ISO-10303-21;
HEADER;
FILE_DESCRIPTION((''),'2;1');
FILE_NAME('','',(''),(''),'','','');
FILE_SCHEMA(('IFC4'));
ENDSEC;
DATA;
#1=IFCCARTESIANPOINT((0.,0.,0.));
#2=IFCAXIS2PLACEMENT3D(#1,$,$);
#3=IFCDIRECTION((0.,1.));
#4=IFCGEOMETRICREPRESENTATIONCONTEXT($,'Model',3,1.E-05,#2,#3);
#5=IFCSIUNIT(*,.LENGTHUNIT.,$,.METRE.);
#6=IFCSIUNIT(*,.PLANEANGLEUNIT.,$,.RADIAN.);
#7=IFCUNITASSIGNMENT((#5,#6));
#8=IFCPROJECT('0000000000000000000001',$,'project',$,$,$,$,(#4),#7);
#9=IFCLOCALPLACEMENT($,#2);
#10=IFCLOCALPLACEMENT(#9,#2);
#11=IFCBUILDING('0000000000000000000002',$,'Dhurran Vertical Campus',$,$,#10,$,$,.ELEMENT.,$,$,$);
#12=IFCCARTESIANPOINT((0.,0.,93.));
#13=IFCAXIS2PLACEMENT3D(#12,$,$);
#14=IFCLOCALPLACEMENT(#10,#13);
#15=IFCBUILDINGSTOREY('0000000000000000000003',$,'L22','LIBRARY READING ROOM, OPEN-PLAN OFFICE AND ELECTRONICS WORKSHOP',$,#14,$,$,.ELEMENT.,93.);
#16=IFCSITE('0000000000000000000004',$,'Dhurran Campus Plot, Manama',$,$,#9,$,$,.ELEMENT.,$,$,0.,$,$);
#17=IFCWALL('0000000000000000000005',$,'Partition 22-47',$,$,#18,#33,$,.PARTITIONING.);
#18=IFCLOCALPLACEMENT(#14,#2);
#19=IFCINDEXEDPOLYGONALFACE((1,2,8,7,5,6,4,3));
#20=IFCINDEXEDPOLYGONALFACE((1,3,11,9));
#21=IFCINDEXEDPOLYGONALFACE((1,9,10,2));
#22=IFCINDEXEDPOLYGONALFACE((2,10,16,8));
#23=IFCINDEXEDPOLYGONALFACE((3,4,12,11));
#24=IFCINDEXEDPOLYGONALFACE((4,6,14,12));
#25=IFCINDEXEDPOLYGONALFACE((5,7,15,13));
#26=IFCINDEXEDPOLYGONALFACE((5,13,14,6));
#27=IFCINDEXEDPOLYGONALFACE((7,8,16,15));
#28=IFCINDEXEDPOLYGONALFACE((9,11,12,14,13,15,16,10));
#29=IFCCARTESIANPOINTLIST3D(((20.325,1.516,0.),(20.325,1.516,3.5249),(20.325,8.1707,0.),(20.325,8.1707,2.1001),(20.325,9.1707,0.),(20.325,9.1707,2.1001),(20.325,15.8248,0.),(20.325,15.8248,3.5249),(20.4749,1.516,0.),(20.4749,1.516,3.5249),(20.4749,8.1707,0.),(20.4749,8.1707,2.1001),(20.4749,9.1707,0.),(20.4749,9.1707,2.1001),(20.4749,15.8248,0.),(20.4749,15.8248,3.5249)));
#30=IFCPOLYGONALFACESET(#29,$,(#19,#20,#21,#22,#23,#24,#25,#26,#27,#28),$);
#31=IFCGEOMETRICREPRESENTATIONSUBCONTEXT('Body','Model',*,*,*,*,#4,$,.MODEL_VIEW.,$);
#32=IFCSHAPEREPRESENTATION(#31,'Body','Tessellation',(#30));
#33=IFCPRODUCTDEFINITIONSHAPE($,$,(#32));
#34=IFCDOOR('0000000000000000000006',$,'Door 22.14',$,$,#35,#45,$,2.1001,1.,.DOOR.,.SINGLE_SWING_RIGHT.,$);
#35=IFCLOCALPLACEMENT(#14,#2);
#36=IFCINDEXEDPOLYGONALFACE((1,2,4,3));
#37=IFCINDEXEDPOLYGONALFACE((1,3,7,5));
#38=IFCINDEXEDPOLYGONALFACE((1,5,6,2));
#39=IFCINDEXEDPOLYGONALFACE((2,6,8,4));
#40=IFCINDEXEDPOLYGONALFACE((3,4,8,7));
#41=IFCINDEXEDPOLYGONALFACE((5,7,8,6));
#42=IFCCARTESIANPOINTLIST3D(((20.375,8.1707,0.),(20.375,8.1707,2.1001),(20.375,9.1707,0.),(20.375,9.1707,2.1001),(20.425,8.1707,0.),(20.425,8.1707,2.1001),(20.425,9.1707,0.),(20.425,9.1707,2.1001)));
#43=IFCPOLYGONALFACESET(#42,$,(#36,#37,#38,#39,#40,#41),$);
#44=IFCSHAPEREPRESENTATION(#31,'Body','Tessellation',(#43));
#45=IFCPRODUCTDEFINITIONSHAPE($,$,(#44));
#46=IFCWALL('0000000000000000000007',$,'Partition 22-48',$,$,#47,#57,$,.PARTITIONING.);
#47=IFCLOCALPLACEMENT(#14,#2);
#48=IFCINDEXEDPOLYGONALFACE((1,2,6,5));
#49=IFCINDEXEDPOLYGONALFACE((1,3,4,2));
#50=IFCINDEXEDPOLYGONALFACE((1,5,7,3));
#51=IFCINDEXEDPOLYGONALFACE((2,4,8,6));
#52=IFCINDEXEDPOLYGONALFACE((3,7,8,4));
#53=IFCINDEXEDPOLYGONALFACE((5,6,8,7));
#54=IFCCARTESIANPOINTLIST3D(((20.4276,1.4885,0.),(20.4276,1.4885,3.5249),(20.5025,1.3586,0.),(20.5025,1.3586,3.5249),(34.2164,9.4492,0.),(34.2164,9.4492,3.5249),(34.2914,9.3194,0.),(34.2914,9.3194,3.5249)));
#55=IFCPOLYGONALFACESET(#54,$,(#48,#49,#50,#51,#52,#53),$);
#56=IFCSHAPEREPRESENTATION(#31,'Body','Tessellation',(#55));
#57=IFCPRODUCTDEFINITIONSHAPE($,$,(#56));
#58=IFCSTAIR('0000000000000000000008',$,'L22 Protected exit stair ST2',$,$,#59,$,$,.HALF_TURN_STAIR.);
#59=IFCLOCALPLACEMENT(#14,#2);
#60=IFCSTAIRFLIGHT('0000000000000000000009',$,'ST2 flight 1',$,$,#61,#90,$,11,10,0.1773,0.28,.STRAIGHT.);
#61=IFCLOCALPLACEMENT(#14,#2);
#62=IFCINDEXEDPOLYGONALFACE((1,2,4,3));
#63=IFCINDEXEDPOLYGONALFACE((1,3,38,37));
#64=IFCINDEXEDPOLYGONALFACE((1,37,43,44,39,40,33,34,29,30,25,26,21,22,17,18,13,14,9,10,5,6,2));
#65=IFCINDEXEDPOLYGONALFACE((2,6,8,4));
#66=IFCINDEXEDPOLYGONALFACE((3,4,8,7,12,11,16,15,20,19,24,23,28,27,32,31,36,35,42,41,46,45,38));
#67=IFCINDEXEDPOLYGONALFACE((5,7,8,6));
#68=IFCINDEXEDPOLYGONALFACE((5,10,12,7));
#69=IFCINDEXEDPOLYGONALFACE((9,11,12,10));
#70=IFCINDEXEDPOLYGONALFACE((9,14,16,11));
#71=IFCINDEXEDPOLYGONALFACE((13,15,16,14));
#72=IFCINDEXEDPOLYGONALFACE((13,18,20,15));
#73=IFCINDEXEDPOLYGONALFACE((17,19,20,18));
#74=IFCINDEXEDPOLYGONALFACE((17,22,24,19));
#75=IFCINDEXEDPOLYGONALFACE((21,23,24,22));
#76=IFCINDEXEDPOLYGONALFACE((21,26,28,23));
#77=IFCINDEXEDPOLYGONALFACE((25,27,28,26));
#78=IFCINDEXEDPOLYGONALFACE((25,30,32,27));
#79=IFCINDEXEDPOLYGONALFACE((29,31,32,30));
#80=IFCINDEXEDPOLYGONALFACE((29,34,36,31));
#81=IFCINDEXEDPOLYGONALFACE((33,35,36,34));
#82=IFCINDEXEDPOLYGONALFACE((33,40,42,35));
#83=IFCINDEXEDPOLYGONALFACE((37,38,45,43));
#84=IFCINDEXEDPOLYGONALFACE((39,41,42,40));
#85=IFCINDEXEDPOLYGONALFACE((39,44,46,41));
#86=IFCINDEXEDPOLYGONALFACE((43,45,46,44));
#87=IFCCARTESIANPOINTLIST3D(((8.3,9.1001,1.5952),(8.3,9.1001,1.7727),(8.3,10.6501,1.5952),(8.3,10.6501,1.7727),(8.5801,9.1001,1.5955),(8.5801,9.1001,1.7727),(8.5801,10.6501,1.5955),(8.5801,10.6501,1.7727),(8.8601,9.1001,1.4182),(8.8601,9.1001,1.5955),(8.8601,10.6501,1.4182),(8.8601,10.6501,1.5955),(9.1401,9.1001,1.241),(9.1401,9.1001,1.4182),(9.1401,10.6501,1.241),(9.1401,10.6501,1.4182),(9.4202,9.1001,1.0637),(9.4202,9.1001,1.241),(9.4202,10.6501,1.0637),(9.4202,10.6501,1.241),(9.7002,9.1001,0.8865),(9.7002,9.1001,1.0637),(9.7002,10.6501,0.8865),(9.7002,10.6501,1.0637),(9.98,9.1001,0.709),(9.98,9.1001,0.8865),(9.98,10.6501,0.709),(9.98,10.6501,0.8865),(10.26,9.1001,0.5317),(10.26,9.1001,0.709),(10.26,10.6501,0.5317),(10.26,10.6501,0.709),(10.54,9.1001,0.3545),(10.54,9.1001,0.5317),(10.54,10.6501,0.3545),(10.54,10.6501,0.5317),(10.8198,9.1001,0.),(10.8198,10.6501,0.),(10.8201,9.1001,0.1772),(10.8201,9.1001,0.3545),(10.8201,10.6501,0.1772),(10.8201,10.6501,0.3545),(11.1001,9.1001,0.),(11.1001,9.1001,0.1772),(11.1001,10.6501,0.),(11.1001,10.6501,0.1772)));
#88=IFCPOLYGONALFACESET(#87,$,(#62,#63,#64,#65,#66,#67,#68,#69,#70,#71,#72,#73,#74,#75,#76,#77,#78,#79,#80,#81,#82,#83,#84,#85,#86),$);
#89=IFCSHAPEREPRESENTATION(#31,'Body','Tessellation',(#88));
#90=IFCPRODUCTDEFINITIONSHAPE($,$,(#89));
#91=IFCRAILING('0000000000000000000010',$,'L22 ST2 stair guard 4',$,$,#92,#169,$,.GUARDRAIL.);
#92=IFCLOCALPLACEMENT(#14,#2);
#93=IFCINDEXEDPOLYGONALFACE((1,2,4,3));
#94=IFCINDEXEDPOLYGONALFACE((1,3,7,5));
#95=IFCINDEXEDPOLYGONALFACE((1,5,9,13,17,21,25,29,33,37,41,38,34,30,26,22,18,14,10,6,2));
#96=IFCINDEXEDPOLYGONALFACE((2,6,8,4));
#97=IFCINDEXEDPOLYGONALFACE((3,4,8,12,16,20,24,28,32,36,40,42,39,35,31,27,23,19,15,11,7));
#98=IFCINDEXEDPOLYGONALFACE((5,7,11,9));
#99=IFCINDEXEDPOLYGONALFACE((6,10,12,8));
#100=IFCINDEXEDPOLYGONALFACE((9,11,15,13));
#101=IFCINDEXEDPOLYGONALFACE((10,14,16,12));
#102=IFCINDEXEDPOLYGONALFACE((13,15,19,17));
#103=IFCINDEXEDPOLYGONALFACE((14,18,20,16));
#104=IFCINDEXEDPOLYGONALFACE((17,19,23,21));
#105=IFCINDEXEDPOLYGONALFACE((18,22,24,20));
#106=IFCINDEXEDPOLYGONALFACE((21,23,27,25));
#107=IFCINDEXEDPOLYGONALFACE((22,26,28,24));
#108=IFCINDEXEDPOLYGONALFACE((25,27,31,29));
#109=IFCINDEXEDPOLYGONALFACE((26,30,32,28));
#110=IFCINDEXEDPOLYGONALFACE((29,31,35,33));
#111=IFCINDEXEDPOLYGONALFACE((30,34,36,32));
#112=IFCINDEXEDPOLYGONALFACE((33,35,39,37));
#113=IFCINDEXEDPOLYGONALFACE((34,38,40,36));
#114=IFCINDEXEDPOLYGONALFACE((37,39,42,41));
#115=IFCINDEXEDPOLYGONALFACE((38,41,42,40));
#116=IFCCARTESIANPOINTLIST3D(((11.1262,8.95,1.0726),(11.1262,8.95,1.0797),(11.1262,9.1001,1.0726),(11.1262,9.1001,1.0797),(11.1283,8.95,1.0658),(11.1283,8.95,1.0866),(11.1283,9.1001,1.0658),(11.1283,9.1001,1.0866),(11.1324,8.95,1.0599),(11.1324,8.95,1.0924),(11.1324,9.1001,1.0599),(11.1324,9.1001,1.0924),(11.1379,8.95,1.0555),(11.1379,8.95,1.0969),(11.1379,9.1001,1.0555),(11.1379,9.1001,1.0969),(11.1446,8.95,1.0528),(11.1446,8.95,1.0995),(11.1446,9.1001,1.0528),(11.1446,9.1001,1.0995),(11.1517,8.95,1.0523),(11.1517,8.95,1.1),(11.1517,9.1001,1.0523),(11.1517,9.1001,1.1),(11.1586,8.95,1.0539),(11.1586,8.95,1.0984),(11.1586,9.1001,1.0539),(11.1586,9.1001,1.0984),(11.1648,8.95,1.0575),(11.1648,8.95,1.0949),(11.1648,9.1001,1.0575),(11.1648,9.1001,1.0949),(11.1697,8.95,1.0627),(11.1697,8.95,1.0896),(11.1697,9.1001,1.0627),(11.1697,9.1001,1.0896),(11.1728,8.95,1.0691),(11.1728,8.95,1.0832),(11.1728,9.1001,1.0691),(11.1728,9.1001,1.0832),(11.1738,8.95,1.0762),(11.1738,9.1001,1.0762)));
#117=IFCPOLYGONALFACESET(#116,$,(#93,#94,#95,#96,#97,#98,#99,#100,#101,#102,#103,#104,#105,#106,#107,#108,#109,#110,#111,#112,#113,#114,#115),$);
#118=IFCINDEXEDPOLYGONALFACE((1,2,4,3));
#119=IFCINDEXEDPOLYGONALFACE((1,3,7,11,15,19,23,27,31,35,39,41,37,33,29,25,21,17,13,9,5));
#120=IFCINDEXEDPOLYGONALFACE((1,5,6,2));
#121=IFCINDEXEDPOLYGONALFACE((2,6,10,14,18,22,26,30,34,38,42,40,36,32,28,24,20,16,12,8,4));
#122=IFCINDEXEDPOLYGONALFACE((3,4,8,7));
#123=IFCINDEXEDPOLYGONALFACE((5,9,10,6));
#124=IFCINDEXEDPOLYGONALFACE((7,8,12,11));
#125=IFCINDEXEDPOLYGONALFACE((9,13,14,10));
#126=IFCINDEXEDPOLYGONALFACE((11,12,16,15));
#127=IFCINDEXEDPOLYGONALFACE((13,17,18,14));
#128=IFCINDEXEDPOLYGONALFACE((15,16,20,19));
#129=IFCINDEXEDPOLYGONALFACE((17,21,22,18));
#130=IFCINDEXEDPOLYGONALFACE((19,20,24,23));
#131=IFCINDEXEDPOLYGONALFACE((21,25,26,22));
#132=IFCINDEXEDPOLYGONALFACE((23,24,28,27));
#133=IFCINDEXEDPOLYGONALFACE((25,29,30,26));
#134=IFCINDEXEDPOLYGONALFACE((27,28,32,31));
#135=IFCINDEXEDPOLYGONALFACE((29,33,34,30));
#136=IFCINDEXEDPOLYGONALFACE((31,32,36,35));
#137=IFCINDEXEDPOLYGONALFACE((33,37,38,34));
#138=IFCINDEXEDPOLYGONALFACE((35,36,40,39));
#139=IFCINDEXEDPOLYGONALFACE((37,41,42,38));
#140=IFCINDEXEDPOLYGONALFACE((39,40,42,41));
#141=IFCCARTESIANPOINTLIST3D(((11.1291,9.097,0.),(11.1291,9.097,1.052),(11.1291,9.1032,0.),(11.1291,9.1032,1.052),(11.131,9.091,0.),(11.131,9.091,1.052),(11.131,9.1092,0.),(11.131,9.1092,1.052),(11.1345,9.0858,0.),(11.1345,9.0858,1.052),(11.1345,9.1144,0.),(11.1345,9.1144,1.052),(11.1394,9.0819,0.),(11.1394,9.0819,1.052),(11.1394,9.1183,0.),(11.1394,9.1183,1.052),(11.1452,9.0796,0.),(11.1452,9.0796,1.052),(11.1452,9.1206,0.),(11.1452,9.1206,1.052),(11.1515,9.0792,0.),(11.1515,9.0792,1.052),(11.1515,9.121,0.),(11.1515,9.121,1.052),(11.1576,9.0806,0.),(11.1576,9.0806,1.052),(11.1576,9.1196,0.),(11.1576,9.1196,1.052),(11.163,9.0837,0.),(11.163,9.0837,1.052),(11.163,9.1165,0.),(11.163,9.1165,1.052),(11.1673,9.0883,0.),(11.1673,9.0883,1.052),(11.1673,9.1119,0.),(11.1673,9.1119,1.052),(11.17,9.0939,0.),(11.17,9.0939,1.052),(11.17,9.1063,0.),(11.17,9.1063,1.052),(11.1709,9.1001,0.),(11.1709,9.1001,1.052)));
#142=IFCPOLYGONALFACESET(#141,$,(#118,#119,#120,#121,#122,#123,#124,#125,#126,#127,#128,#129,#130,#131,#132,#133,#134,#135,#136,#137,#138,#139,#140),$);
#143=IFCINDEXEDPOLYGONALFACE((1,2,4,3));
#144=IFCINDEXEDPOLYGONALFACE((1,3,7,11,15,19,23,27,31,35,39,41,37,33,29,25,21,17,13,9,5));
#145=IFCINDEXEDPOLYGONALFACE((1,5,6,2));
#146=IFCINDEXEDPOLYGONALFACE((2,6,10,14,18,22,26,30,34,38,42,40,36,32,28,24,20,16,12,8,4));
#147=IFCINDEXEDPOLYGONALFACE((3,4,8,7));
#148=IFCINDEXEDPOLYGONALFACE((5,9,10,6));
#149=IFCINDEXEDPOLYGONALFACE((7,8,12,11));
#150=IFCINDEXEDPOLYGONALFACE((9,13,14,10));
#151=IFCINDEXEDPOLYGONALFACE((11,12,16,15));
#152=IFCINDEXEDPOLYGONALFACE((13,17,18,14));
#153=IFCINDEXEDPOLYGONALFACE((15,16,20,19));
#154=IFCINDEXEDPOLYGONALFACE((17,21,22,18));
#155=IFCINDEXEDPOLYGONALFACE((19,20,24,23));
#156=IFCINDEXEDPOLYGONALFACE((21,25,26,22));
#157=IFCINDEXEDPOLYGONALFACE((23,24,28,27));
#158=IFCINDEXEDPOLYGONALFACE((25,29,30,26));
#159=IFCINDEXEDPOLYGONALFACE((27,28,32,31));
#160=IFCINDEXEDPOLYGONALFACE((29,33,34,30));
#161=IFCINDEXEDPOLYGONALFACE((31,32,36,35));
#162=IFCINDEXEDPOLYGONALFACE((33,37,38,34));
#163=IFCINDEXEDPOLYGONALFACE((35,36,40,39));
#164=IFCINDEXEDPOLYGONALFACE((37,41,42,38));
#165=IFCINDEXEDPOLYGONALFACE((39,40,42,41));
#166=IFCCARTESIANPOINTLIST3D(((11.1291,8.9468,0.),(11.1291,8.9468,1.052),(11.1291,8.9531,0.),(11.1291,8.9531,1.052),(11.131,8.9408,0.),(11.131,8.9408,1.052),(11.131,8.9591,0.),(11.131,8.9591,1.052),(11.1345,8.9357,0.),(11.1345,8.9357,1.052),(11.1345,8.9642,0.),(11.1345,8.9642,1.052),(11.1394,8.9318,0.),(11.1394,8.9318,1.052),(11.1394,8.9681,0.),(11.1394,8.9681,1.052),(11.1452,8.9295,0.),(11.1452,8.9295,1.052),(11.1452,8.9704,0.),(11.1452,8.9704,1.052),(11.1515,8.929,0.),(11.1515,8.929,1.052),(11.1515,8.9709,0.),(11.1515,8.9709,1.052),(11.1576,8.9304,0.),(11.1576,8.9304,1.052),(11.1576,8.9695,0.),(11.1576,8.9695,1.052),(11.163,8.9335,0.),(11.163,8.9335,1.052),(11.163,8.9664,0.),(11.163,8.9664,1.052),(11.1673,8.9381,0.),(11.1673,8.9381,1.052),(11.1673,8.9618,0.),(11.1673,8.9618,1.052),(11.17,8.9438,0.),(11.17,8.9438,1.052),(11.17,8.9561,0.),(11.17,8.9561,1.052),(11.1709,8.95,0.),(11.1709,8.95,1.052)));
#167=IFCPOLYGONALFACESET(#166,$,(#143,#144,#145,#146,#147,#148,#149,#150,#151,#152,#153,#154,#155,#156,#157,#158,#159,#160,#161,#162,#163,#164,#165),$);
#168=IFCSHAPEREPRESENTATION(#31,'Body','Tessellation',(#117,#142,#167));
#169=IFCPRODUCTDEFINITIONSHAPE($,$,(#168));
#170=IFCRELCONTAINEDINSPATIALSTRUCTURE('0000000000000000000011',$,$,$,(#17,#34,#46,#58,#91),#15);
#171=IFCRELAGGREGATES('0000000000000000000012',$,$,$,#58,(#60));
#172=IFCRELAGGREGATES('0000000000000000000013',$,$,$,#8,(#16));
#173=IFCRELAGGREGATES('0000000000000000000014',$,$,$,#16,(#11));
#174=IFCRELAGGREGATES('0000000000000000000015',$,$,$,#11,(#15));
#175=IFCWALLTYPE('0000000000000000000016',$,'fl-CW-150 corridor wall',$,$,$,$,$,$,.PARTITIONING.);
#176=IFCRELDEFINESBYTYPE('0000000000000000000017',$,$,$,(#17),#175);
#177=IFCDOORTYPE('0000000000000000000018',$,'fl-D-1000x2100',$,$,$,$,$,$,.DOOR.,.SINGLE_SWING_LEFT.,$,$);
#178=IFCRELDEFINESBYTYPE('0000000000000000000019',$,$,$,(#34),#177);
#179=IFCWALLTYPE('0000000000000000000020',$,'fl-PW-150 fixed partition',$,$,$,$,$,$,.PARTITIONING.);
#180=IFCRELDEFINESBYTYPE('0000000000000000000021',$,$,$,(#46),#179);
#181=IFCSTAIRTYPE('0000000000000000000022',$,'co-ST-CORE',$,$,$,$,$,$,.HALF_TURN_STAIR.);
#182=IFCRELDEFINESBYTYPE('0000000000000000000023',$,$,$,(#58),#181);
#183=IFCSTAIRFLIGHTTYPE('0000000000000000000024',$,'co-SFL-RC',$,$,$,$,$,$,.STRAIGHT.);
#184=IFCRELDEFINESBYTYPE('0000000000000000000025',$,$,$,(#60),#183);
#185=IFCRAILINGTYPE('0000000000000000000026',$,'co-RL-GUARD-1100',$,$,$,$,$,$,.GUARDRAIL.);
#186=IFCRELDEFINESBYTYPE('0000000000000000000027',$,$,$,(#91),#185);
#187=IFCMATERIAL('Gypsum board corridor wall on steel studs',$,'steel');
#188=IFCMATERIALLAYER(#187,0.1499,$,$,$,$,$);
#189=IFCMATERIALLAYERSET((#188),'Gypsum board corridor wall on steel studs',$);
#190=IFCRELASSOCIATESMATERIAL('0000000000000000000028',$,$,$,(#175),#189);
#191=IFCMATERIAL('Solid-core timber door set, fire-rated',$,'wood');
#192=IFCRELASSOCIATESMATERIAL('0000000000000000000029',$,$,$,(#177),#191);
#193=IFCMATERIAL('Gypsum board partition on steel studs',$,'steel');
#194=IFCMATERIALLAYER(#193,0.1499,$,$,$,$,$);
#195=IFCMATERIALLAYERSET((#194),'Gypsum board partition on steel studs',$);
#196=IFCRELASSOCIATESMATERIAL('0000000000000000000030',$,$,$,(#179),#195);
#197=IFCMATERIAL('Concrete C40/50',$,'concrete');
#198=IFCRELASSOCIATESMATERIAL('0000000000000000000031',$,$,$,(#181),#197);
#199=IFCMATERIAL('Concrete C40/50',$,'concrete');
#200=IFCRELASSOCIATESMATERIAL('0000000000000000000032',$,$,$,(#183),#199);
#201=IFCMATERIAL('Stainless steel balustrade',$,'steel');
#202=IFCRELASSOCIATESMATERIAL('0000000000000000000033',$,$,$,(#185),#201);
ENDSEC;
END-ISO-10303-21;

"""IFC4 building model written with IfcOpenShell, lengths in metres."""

from ifc_helpers import new_model, si_unit, direction, frame, frame_2d, origin, origin_2d, place, context, subcontext, project, spatial, polyline, rectangle, circle, outline, extrude, material, layer, layer_set, type_object, element, fill, aggregate, save


model = new_model("IFC4")

# Units and contexts
model_context = context("Model", 3, precision=1e-05, world=origin(), true_north=direction((0.0, 1.0)))
body_context = subcontext(model_context, "Body", "Model", "MODEL_VIEW")
ifc_project = project(units=[si_unit("LENGTHUNIT", "METRE"), si_unit("PLANEANGLEUNIT", "RADIAN")], contexts=[model_context])

# Site, building, storey
site_placement = place(None, origin())
site = spatial("IfcSite", under=ifc_project, at=site_placement, Name="Dhurran Campus Plot, Manama", CompositionType="ELEMENT", RefElevation=0.0)
building_placement = place(site_placement, origin())
building = spatial("IfcBuilding", under=site, at=building_placement, Name="Dhurran Vertical Campus", CompositionType="ELEMENT")
storey_placement = place(building_placement, frame((0.0, 0.0, 93.0)))
storey = spatial("IfcBuildingStorey", under=building, at=storey_placement, Name="L22", Description="LIBRARY READING ROOM, OPEN-PLAN OFFICE AND ELECTRONICS WORKSHOP", CompositionType="ELEMENT", Elevation=93.0)

# Wall, opening, door
ifc_material_1 = material(Name="Gypsum board corridor wall on steel studs", Category="steel")
ifc_layer_1 = layer(ifc_material_1, 0.1499)
ifc_layer_set_1 = layer_set([ifc_layer_1], Name="Gypsum board corridor wall on steel studs")
wall_type_1 = type_object("IfcWallType", Name="fl-CW-150 corridor wall", PredefinedType="PARTITIONING", material=ifc_layer_set_1)
wall_1_placement = place(storey_placement, frame((20.3999, 1.5161, 0.0), z_axis=(0.0, 0.0, 1.0), x_axis=(0.0, 1.0, 0.0)))
wall_1 = element("IfcWall", 1, at=wall_1_placement, inside=storey, type_object=wall_type_1, Name="Partition 22-47", PredefinedType="PARTITIONING", context=body_context, shape_type="SweptSolid", body=[
    extrude(rectangle(XDim=14.3088, YDim=0.1499, at=frame_2d((7.1543, 0.0))), origin(), (0.0, 0.0, 1.0), 3.5249),
])
opening_1_placement = place(wall_1_placement, frame((6.6545, 0.0, 0.0)))
opening_1 = element("IfcOpeningElement", 2, at=opening_1_placement, cuts=wall_1, PredefinedType="OPENING", context=body_context, shape_type="SweptSolid", body=[
    extrude(rectangle(XDim=1.0, YDim=2.1001, at=frame_2d((0.5, 1.05))), frame((0.0, 0.085, 0.0), z_axis=(0.0, -1.0, 0.0), x_axis=(1.0, 0.0, 0.0)), (0.0, 0.0, 1.0), 0.1699),
])
ifc_material_2 = material(Name="Solid-core timber door set, fire-rated", Category="wood")
door_type_1 = type_object("IfcDoorType", Name="fl-D-1000x2100", OperationType="SINGLE_SWING_LEFT", PredefinedType="DOOR", material=ifc_material_2)
door_1_placement = place(opening_1_placement, origin())
door_1 = element("IfcDoor", 3, at=door_1_placement, inside=storey, type_object=door_type_1, Name="Door 22.14", OperationType="SINGLE_SWING_RIGHT", OverallHeight=2.1001, OverallWidth=1.0, PredefinedType="DOOR", context=body_context, shape_type="SweptSolid", body=[
    extrude(rectangle(XDim=1.0, YDim=2.1001, at=frame_2d((0.5, 1.05))), frame((0.0, 0.0249, 0.0), z_axis=(0.0, -1.0, 0.0), x_axis=(1.0, 0.0, 0.0)), (0.0, 0.0, 1.0), 0.05),
])
fill(opening_1, door_1)

# Wall
ifc_material_3 = material(Name="Gypsum board partition on steel studs", Category="steel")
ifc_layer_2 = layer(ifc_material_3, 0.1499)
ifc_layer_set_2 = layer_set([ifc_layer_2], Name="Gypsum board partition on steel studs")
wall_type_2 = type_object("IfcWallType", Name="fl-PW-150 fixed partition", PredefinedType="PARTITIONING", material=ifc_layer_set_2)
wall_2_placement = place(storey_placement, frame((34.2539, 9.3843, 0.0), z_axis=(0.0, 0.0, 1.0), x_axis=(-0.866033, -0.499987, 0.0)))
element("IfcWall", 4, at=wall_2_placement, inside=storey, type_object=wall_type_2, Name="Partition 22-48", PredefinedType="PARTITIONING", context=body_context, shape_type="SweptSolid", body=[
    extrude(rectangle(XDim=15.9219, YDim=0.1499, at=frame_2d((7.9609, 0.0))), origin(), (0.0, 0.0, 1.0), 3.5249),
])

# Stair, stair flight
ifc_material_4 = material(Name="Concrete C40/50", Category="concrete")
stair_type = type_object("IfcStairType", Name="co-ST-CORE", PredefinedType="HALF_TURN_STAIR", material=ifc_material_4)
stair_placement = place(storey_placement, origin())
stair = element("IfcStair", 5, at=stair_placement, inside=storey, type_object=stair_type, Name="L22 Protected exit stair ST2", PredefinedType="HALF_TURN_STAIR")
ifc_material_5 = material(Name="Concrete C40/50", Category="concrete")
stair_flight_type = type_object("IfcStairFlightType", Name="co-SFL-RC", PredefinedType="STRAIGHT", material=ifc_material_5)
stair_flight_placement = place(storey_placement, frame((11.1001, 9.875, 0.0), z_axis=(0.0, 0.0, 1.0), x_axis=(-1.0, 0.0, 0.0)))
stair_flight = element("IfcStairFlight", 6, at=stair_flight_placement, type_object=stair_flight_type, Name="ST2 flight 1", NumberOfRisers=11, NumberOfTreads=10, PredefinedType="STRAIGHT", RiserHeight=0.1773, TreadLength=0.28, context=body_context, shape_type="SweptSolid", body=[
    extrude(outline(polyline([(0.0, 0.0), (0.0, 0.1772), (0.28, 0.1772), (0.28, 0.3545), (0.5601, 0.3545), (0.5601, 0.5317), (0.8401, 0.5317), (0.8401, 0.709), (1.1201, 0.709), (1.1201, 0.8865), (1.3999, 0.8865), (1.3999, 1.0637), (1.6799, 1.0637), (1.6799, 1.241), (1.96, 1.241), (1.96, 1.4182), (2.24, 1.4182), (2.24, 1.5955), (2.52, 1.5955), (2.52, 1.7727), (2.8, 1.7727), (2.8, 1.95), (2.8, 1.5952), (0.2803, 0.0), (0.0, 0.0)])), frame((0.0, 0.7749, 0.0), z_axis=(0.0, -1.0, 0.0), x_axis=(1.0, 0.0, 0.0)), (0.0, 0.0, 1.0), 1.55),
])
aggregate(stair, [stair_flight])

# Railing
ifc_material_6 = material(Name="Stainless steel balustrade", Category="steel")
railing_type_1 = type_object("IfcRailingType", Name="co-RL-GUARD-1100", PredefinedType="GUARDRAIL", material=ifc_material_6)
railing_1_placement = place(storey_placement, frame((11.1499, 9.1001, 0.0)))
element("IfcRailing", 7, at=railing_1_placement, inside=storey, type_object=railing_type_1, Name="L22 ST2 stair guard 4", PredefinedType="GUARDRAIL", context=body_context, shape_type="SweptSolid", body=[
    extrude(circle(Radius=0.0239, at=origin_2d()), frame((0.0, 0.0, 1.0762), z_axis=(0.0, -1.0, 0.0), x_axis=(1.0, 0.0, 0.0)), (0.0, 0.0, 1.0), 0.1501),
    extrude(circle(Radius=0.021, at=origin_2d()), origin(), (0.0, 0.0, 1.0), 1.052),
    extrude(circle(Radius=0.021, at=origin_2d()), frame((0.0, -0.1501, 0.0)), (0.0, 0.0, 1.0), 1.052),
])

save(model, "model.ifc")
